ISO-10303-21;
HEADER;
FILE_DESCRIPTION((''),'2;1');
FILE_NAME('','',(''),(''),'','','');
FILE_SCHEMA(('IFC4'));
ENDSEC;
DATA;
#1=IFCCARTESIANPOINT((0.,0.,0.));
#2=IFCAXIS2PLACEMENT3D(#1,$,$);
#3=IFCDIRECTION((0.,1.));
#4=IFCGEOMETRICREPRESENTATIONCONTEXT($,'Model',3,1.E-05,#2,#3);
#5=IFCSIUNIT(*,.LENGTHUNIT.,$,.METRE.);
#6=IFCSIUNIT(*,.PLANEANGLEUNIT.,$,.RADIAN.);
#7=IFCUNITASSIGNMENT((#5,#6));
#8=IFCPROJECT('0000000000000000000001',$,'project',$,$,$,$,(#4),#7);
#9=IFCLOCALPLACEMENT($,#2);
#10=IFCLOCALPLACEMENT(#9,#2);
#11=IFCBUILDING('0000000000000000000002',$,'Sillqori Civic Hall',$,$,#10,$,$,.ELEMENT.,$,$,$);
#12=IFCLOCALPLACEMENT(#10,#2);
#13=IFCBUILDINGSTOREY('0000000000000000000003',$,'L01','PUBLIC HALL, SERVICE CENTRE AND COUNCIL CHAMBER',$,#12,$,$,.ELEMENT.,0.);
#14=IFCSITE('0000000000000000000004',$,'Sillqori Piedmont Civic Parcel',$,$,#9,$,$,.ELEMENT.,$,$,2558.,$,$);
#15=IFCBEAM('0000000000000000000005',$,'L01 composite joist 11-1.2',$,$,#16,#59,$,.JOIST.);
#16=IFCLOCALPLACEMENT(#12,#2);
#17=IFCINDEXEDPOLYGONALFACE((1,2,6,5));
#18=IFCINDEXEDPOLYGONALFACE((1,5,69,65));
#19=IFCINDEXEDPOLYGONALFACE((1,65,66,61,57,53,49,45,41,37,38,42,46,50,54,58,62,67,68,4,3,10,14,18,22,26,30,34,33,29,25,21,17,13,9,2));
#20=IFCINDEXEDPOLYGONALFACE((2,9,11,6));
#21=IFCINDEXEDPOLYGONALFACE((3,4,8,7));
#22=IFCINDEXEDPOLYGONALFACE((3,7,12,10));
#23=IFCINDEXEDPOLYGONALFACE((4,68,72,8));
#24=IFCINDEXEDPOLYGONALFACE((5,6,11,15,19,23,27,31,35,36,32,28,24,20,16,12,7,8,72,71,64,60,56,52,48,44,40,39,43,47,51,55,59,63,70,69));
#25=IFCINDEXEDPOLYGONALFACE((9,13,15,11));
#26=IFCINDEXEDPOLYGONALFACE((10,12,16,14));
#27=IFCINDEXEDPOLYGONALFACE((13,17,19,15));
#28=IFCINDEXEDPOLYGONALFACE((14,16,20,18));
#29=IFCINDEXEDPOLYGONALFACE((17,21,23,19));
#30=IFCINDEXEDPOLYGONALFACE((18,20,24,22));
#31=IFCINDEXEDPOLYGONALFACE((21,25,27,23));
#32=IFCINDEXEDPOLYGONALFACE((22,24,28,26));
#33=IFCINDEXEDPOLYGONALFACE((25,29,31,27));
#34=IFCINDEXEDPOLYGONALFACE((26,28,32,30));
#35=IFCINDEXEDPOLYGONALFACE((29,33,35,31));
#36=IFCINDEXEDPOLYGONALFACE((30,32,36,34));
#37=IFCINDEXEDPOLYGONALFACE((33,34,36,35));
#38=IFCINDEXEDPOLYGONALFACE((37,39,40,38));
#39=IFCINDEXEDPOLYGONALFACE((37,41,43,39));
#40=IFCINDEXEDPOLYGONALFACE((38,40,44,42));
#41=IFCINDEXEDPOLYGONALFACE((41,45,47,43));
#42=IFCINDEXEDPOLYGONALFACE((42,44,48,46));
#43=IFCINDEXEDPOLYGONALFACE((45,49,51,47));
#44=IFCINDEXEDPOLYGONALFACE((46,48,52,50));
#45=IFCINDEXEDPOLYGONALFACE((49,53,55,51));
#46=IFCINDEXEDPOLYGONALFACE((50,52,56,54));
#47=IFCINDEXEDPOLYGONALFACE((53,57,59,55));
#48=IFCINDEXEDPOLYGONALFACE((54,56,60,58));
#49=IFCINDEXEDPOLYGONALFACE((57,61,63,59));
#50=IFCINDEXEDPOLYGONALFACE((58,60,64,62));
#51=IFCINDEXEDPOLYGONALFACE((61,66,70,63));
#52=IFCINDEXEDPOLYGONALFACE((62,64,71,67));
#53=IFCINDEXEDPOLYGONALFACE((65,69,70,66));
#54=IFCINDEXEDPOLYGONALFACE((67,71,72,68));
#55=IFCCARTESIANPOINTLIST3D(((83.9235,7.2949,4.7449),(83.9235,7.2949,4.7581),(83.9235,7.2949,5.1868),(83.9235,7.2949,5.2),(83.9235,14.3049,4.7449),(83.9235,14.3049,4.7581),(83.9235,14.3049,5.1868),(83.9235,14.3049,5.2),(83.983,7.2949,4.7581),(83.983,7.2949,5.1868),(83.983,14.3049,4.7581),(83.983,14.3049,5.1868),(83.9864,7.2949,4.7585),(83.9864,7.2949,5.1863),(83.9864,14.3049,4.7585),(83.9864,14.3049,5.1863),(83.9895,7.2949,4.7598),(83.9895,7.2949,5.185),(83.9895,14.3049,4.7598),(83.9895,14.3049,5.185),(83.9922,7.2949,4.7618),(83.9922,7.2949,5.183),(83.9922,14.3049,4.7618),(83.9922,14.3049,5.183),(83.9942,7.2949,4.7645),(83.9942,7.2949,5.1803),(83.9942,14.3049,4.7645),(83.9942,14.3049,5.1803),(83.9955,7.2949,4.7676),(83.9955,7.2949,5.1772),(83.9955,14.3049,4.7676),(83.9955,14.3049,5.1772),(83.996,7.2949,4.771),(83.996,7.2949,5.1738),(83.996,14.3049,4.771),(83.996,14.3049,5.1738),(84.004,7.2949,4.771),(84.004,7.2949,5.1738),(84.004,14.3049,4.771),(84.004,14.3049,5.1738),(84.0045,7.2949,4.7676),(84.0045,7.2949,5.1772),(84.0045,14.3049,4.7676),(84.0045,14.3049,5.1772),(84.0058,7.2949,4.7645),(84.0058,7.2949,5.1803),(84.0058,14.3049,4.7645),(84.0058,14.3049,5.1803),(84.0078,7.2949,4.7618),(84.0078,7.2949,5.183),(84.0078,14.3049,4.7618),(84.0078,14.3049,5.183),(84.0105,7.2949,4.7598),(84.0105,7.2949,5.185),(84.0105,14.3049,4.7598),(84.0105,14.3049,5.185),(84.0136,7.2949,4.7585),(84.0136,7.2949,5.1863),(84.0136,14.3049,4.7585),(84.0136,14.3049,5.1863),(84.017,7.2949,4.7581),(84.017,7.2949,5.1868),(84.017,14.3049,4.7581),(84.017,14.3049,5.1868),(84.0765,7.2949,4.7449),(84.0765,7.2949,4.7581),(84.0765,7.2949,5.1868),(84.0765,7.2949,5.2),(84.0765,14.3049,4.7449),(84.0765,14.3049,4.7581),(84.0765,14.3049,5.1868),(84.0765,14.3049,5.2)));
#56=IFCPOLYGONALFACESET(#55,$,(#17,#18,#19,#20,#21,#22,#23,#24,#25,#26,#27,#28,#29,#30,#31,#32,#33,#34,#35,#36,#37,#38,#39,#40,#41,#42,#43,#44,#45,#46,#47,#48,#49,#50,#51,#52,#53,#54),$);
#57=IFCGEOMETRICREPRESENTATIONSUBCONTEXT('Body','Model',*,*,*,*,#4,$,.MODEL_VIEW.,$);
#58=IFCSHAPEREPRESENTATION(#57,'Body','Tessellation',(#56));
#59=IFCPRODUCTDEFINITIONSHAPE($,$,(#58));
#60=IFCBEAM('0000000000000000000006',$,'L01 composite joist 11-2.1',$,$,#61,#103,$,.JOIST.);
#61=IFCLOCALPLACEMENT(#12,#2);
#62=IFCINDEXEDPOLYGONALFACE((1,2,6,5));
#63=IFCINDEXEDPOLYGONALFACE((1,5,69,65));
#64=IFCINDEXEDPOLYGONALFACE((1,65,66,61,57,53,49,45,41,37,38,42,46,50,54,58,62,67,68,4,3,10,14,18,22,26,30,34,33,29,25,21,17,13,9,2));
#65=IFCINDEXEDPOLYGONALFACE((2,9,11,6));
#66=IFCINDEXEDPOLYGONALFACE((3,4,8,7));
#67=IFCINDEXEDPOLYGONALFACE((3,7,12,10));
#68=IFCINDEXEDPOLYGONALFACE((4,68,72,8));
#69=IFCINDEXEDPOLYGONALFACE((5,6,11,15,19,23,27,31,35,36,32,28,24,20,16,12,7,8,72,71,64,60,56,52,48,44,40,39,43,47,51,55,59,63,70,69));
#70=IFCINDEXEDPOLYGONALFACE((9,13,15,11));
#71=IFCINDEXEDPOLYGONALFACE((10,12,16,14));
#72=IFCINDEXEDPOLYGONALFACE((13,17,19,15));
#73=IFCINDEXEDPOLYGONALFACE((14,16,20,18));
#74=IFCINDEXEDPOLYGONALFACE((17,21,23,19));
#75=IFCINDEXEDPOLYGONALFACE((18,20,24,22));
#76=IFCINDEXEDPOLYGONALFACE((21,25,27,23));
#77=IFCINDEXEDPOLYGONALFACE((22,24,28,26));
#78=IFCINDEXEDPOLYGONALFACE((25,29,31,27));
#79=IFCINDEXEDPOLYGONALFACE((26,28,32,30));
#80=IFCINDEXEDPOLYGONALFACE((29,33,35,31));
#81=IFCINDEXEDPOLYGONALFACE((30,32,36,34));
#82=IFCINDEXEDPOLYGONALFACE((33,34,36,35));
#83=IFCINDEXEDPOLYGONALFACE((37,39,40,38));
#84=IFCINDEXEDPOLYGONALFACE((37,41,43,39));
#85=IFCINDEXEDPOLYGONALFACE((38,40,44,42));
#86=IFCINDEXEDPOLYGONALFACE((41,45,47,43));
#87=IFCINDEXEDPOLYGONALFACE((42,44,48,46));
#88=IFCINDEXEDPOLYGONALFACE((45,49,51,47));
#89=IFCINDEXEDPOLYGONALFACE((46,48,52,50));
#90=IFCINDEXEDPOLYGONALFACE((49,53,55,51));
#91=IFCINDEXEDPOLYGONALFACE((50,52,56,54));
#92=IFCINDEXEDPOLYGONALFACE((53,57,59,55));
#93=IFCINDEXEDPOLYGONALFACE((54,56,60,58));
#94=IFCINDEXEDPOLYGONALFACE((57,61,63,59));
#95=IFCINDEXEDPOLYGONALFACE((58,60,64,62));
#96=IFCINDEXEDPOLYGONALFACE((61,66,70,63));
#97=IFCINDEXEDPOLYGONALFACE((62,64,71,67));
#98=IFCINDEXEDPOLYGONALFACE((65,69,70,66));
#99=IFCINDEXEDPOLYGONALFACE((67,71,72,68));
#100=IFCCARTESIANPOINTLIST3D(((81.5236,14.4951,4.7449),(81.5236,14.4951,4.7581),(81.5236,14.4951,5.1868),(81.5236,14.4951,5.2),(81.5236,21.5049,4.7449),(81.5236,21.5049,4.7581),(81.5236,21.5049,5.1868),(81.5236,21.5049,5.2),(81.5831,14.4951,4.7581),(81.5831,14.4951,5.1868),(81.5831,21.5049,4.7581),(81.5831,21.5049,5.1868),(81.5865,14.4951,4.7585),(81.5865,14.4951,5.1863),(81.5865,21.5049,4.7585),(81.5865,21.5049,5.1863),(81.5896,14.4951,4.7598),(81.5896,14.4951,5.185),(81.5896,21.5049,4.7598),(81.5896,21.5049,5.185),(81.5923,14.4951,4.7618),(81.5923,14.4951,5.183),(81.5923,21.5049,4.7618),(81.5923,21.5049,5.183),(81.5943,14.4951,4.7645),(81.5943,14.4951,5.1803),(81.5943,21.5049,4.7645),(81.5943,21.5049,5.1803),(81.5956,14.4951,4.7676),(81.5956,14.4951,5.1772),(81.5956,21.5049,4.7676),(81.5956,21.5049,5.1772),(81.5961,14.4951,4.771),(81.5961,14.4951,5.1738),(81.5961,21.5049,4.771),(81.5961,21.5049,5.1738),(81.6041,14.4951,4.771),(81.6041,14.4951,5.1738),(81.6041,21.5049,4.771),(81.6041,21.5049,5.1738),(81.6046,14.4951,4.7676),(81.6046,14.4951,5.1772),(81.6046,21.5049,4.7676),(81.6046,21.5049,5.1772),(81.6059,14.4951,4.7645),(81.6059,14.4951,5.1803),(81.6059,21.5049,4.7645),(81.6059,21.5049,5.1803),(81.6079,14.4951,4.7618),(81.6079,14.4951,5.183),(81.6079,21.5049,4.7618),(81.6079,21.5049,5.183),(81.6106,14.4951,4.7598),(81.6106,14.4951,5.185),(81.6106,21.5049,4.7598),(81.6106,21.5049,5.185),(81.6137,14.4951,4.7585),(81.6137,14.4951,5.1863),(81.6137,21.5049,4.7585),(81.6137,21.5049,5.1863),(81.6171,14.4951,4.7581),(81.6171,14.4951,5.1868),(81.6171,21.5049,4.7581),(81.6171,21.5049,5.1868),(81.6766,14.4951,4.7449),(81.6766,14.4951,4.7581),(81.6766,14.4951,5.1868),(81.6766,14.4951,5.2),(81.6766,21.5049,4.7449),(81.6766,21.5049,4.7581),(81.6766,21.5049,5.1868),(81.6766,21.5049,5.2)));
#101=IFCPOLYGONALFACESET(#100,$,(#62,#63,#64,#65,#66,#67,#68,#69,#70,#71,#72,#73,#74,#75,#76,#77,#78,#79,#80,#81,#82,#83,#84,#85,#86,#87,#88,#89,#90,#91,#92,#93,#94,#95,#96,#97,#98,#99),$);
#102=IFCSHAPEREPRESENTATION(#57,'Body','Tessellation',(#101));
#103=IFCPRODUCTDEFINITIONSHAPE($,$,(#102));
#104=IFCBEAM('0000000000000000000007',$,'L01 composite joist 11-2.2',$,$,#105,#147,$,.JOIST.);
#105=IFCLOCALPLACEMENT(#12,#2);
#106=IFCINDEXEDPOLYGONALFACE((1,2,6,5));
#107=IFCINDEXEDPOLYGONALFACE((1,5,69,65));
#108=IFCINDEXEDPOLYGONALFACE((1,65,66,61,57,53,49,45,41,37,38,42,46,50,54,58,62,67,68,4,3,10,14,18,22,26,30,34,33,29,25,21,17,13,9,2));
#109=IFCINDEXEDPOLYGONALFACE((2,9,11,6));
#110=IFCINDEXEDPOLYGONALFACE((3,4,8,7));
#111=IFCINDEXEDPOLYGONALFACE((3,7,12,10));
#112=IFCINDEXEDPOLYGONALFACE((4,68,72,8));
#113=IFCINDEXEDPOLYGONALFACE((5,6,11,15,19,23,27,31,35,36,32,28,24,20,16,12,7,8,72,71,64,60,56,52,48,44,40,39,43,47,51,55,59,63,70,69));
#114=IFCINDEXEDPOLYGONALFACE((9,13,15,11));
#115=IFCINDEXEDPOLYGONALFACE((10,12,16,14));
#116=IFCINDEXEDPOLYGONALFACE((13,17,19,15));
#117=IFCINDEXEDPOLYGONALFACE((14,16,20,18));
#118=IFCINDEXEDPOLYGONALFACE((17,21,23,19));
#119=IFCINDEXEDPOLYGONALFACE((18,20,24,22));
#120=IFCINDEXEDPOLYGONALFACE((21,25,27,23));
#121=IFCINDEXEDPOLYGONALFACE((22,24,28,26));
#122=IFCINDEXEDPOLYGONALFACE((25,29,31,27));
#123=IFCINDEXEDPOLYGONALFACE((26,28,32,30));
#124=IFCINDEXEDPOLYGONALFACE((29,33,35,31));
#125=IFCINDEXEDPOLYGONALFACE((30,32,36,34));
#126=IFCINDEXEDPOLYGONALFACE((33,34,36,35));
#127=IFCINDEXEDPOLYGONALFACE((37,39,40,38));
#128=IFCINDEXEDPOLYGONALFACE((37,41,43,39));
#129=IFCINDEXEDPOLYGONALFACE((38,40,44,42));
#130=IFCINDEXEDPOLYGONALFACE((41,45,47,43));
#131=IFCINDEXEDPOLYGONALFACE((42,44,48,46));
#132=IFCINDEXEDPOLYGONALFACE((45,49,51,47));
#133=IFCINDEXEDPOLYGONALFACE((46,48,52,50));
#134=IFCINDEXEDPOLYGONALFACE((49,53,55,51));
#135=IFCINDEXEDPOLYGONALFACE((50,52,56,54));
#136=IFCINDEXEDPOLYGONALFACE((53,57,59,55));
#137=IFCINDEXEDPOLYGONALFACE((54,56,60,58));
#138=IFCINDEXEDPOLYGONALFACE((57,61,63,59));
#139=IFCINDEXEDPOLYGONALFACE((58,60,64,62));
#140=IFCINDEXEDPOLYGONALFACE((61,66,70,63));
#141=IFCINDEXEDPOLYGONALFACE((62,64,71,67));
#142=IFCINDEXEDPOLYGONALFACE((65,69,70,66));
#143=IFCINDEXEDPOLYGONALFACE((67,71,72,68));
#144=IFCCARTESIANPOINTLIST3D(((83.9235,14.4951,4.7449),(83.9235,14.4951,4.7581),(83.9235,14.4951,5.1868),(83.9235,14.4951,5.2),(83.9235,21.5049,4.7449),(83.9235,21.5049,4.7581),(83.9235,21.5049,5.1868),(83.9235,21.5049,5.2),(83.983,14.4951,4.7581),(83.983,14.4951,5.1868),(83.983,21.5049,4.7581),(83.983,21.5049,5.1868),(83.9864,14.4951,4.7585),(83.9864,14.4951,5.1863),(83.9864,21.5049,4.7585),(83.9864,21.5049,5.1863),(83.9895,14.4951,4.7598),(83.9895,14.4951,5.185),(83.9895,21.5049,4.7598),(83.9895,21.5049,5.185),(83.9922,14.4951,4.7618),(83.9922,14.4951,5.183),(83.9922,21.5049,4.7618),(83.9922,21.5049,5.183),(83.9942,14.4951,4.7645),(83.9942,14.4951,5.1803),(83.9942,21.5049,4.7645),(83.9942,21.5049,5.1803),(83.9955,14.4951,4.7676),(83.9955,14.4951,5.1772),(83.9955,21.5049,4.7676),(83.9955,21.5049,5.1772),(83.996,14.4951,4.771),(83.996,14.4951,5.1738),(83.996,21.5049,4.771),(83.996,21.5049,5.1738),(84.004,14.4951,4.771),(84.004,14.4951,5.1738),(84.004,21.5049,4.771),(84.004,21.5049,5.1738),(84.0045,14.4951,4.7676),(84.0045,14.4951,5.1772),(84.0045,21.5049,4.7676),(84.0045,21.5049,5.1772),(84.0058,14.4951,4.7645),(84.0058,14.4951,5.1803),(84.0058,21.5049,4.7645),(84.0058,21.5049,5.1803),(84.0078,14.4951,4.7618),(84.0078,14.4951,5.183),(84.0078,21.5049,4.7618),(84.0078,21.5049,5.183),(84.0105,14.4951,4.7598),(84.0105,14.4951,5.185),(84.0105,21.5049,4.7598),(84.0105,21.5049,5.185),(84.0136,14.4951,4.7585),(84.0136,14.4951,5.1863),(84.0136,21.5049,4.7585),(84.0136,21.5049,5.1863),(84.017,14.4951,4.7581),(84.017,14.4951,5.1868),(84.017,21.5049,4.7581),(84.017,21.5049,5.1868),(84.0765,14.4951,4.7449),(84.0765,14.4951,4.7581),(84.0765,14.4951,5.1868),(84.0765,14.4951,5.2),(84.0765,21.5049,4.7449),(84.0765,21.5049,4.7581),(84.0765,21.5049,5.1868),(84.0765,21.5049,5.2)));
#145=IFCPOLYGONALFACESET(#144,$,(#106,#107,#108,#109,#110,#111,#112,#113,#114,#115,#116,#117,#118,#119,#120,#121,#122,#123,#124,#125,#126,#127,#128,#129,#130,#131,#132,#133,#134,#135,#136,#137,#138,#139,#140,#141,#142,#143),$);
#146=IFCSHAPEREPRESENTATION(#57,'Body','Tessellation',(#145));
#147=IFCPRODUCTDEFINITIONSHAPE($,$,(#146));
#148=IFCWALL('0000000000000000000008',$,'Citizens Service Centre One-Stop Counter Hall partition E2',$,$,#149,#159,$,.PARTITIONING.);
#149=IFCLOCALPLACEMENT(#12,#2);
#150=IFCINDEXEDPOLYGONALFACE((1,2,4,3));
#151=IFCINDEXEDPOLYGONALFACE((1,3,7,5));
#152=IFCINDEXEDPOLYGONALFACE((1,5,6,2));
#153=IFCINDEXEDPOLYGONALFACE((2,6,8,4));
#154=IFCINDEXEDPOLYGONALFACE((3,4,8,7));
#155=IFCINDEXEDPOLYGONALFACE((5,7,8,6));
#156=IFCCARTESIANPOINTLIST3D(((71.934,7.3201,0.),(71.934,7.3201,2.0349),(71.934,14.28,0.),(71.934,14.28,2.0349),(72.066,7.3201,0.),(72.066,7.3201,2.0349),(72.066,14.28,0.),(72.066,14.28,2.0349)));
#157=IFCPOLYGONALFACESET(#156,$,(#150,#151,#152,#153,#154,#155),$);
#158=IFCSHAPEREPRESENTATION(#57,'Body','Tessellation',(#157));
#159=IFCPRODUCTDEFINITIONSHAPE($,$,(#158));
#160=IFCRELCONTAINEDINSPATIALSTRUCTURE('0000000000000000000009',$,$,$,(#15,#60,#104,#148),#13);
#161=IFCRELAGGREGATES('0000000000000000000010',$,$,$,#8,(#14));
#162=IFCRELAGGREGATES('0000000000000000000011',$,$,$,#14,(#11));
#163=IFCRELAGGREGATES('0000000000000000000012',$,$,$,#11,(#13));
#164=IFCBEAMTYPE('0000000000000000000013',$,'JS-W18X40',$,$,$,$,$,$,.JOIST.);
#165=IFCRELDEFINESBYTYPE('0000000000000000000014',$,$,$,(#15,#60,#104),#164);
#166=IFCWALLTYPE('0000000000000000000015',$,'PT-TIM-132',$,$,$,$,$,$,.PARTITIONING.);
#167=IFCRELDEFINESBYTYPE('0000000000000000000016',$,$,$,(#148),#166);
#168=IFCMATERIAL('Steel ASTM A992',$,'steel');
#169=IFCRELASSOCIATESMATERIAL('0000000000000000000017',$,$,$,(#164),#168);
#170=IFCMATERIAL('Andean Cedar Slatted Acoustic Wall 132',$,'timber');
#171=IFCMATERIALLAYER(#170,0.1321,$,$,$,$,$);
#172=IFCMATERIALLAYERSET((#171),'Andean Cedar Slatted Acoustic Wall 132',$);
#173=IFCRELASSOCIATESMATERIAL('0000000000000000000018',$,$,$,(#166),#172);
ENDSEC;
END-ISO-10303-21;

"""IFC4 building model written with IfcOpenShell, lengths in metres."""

from ifc_helpers import new_model, si_unit, direction, frame, frame_2d, origin, origin_2d, place, context, subcontext, project, spatial, rectangle, i_section, extrude, material, layer, layer_set, material_profile, profile_set, type_object, element, save


model = new_model("IFC4")

# Units and contexts
model_context = context("Model", 3, precision=1e-05, world=origin(), true_north=direction((0.0, 1.0)))
body_context = subcontext(model_context, "Body", "Model", "MODEL_VIEW")
ifc_project = project(units=[si_unit("LENGTHUNIT", "METRE"), si_unit("PLANEANGLEUNIT", "RADIAN")], contexts=[model_context])

# Site, building, storey
site_placement = place(None, origin())
site = spatial("IfcSite", under=ifc_project, at=site_placement, Name="Sillqori Piedmont Civic Parcel", CompositionType="ELEMENT", RefElevation=2558.0)
building_placement = place(site_placement, origin())
building = spatial("IfcBuilding", under=site, at=building_placement, Name="Sillqori Civic Hall", CompositionType="ELEMENT")
storey_placement = place(building_placement, origin())
storey = spatial("IfcBuildingStorey", under=building, at=storey_placement, Name="L01", Description="PUBLIC HALL, SERVICE CENTRE AND COUNCIL CHAMBER", CompositionType="ELEMENT", Elevation=0.0)

# Shared definitions
ifc_material_1 = material(Name="Steel ASTM A992", Category="steel")

# Beams
ifc_material_profile_1 = material_profile(ifc_material_1, i_section(OverallWidth=0.1531, OverallDepth=0.4551, WebThickness=0.0081, FlangeThickness=0.0132, FilletRadius=0.0129, at=origin_2d()), Name="W18X40")
ifc_profile_set_1 = profile_set([ifc_material_profile_1], Name="Steel ASTM A992")
beam_type_1 = type_object("IfcBeamType", Name="JS-W18X40", PredefinedType="JOIST", material=ifc_profile_set_1)
beam_1_placement = place(storey_placement, frame((84.0, 7.2949, 4.9724), z_axis=(0.0, 1.0, 0.0), x_axis=(-1.0, 0.0, 0.0)))
element("IfcBeam", 1, at=beam_1_placement, inside=storey, type_object=beam_type_1, Name="L01 composite joist 11-1.2", PredefinedType="JOIST", context=body_context, shape_type="SweptSolid", body=[
    extrude(i_section(OverallWidth=0.1531, OverallDepth=0.4551, WebThickness=0.0081, FlangeThickness=0.0132, FilletRadius=0.0129, at=origin_2d()), origin(), (0.0, 0.0, 1.0), 7.01),
])
for number, where, z_axis, x_axis, name in (
    (2, (81.6001, 14.4951, 4.9724), (0.0, 1.0, 0.0), (-1.0, 0.0, 0.0), "L01 composite joist 11-2.1"),
    (3, (84.0, 14.4951, 4.9724), (0.0, 1.0, 0.0), (-1.0, 0.0, 0.0), "L01 composite joist 11-2.2"),
):
    element("IfcBeam", number, at=place(storey_placement, frame(where, z_axis=z_axis, x_axis=x_axis)), inside=storey, type_object=beam_type_1, Name=name, PredefinedType="JOIST", context=body_context, shape_type="SweptSolid", body=[
        extrude(i_section(OverallWidth=0.1531, OverallDepth=0.4551, WebThickness=0.0081, FlangeThickness=0.0132, FilletRadius=0.0129, at=origin_2d()), origin(), (0.0, 0.0, 1.0), 7.0098),
    ])

# Wall
ifc_material_2 = material(Name="Andean Cedar Slatted Acoustic Wall 132", Category="timber")
ifc_layer_1 = layer(ifc_material_2, 0.1321)
ifc_layer_set_1 = layer_set([ifc_layer_1], Name="Andean Cedar Slatted Acoustic Wall 132")
wall_type = type_object("IfcWallType", Name="PT-TIM-132", PredefinedType="PARTITIONING", material=ifc_layer_set_1)
wall_placement = place(storey_placement, frame((72.0, 14.28, 0.0), z_axis=(0.0, 0.0, 1.0), x_axis=(0.0, -1.0, 0.0)))
element("IfcWall", 4, at=wall_placement, inside=storey, type_object=wall_type, Name="Citizens Service Centre One-Stop Counter Hall partition E2", PredefinedType="PARTITIONING", context=body_context, shape_type="SweptSolid", body=[
    extrude(rectangle(XDim=6.96, YDim=0.1321, at=frame_2d((3.48, 0.0))), origin(), (0.0, 0.0, 1.0), 2.0349),
])

save(model, "model.ifc")
